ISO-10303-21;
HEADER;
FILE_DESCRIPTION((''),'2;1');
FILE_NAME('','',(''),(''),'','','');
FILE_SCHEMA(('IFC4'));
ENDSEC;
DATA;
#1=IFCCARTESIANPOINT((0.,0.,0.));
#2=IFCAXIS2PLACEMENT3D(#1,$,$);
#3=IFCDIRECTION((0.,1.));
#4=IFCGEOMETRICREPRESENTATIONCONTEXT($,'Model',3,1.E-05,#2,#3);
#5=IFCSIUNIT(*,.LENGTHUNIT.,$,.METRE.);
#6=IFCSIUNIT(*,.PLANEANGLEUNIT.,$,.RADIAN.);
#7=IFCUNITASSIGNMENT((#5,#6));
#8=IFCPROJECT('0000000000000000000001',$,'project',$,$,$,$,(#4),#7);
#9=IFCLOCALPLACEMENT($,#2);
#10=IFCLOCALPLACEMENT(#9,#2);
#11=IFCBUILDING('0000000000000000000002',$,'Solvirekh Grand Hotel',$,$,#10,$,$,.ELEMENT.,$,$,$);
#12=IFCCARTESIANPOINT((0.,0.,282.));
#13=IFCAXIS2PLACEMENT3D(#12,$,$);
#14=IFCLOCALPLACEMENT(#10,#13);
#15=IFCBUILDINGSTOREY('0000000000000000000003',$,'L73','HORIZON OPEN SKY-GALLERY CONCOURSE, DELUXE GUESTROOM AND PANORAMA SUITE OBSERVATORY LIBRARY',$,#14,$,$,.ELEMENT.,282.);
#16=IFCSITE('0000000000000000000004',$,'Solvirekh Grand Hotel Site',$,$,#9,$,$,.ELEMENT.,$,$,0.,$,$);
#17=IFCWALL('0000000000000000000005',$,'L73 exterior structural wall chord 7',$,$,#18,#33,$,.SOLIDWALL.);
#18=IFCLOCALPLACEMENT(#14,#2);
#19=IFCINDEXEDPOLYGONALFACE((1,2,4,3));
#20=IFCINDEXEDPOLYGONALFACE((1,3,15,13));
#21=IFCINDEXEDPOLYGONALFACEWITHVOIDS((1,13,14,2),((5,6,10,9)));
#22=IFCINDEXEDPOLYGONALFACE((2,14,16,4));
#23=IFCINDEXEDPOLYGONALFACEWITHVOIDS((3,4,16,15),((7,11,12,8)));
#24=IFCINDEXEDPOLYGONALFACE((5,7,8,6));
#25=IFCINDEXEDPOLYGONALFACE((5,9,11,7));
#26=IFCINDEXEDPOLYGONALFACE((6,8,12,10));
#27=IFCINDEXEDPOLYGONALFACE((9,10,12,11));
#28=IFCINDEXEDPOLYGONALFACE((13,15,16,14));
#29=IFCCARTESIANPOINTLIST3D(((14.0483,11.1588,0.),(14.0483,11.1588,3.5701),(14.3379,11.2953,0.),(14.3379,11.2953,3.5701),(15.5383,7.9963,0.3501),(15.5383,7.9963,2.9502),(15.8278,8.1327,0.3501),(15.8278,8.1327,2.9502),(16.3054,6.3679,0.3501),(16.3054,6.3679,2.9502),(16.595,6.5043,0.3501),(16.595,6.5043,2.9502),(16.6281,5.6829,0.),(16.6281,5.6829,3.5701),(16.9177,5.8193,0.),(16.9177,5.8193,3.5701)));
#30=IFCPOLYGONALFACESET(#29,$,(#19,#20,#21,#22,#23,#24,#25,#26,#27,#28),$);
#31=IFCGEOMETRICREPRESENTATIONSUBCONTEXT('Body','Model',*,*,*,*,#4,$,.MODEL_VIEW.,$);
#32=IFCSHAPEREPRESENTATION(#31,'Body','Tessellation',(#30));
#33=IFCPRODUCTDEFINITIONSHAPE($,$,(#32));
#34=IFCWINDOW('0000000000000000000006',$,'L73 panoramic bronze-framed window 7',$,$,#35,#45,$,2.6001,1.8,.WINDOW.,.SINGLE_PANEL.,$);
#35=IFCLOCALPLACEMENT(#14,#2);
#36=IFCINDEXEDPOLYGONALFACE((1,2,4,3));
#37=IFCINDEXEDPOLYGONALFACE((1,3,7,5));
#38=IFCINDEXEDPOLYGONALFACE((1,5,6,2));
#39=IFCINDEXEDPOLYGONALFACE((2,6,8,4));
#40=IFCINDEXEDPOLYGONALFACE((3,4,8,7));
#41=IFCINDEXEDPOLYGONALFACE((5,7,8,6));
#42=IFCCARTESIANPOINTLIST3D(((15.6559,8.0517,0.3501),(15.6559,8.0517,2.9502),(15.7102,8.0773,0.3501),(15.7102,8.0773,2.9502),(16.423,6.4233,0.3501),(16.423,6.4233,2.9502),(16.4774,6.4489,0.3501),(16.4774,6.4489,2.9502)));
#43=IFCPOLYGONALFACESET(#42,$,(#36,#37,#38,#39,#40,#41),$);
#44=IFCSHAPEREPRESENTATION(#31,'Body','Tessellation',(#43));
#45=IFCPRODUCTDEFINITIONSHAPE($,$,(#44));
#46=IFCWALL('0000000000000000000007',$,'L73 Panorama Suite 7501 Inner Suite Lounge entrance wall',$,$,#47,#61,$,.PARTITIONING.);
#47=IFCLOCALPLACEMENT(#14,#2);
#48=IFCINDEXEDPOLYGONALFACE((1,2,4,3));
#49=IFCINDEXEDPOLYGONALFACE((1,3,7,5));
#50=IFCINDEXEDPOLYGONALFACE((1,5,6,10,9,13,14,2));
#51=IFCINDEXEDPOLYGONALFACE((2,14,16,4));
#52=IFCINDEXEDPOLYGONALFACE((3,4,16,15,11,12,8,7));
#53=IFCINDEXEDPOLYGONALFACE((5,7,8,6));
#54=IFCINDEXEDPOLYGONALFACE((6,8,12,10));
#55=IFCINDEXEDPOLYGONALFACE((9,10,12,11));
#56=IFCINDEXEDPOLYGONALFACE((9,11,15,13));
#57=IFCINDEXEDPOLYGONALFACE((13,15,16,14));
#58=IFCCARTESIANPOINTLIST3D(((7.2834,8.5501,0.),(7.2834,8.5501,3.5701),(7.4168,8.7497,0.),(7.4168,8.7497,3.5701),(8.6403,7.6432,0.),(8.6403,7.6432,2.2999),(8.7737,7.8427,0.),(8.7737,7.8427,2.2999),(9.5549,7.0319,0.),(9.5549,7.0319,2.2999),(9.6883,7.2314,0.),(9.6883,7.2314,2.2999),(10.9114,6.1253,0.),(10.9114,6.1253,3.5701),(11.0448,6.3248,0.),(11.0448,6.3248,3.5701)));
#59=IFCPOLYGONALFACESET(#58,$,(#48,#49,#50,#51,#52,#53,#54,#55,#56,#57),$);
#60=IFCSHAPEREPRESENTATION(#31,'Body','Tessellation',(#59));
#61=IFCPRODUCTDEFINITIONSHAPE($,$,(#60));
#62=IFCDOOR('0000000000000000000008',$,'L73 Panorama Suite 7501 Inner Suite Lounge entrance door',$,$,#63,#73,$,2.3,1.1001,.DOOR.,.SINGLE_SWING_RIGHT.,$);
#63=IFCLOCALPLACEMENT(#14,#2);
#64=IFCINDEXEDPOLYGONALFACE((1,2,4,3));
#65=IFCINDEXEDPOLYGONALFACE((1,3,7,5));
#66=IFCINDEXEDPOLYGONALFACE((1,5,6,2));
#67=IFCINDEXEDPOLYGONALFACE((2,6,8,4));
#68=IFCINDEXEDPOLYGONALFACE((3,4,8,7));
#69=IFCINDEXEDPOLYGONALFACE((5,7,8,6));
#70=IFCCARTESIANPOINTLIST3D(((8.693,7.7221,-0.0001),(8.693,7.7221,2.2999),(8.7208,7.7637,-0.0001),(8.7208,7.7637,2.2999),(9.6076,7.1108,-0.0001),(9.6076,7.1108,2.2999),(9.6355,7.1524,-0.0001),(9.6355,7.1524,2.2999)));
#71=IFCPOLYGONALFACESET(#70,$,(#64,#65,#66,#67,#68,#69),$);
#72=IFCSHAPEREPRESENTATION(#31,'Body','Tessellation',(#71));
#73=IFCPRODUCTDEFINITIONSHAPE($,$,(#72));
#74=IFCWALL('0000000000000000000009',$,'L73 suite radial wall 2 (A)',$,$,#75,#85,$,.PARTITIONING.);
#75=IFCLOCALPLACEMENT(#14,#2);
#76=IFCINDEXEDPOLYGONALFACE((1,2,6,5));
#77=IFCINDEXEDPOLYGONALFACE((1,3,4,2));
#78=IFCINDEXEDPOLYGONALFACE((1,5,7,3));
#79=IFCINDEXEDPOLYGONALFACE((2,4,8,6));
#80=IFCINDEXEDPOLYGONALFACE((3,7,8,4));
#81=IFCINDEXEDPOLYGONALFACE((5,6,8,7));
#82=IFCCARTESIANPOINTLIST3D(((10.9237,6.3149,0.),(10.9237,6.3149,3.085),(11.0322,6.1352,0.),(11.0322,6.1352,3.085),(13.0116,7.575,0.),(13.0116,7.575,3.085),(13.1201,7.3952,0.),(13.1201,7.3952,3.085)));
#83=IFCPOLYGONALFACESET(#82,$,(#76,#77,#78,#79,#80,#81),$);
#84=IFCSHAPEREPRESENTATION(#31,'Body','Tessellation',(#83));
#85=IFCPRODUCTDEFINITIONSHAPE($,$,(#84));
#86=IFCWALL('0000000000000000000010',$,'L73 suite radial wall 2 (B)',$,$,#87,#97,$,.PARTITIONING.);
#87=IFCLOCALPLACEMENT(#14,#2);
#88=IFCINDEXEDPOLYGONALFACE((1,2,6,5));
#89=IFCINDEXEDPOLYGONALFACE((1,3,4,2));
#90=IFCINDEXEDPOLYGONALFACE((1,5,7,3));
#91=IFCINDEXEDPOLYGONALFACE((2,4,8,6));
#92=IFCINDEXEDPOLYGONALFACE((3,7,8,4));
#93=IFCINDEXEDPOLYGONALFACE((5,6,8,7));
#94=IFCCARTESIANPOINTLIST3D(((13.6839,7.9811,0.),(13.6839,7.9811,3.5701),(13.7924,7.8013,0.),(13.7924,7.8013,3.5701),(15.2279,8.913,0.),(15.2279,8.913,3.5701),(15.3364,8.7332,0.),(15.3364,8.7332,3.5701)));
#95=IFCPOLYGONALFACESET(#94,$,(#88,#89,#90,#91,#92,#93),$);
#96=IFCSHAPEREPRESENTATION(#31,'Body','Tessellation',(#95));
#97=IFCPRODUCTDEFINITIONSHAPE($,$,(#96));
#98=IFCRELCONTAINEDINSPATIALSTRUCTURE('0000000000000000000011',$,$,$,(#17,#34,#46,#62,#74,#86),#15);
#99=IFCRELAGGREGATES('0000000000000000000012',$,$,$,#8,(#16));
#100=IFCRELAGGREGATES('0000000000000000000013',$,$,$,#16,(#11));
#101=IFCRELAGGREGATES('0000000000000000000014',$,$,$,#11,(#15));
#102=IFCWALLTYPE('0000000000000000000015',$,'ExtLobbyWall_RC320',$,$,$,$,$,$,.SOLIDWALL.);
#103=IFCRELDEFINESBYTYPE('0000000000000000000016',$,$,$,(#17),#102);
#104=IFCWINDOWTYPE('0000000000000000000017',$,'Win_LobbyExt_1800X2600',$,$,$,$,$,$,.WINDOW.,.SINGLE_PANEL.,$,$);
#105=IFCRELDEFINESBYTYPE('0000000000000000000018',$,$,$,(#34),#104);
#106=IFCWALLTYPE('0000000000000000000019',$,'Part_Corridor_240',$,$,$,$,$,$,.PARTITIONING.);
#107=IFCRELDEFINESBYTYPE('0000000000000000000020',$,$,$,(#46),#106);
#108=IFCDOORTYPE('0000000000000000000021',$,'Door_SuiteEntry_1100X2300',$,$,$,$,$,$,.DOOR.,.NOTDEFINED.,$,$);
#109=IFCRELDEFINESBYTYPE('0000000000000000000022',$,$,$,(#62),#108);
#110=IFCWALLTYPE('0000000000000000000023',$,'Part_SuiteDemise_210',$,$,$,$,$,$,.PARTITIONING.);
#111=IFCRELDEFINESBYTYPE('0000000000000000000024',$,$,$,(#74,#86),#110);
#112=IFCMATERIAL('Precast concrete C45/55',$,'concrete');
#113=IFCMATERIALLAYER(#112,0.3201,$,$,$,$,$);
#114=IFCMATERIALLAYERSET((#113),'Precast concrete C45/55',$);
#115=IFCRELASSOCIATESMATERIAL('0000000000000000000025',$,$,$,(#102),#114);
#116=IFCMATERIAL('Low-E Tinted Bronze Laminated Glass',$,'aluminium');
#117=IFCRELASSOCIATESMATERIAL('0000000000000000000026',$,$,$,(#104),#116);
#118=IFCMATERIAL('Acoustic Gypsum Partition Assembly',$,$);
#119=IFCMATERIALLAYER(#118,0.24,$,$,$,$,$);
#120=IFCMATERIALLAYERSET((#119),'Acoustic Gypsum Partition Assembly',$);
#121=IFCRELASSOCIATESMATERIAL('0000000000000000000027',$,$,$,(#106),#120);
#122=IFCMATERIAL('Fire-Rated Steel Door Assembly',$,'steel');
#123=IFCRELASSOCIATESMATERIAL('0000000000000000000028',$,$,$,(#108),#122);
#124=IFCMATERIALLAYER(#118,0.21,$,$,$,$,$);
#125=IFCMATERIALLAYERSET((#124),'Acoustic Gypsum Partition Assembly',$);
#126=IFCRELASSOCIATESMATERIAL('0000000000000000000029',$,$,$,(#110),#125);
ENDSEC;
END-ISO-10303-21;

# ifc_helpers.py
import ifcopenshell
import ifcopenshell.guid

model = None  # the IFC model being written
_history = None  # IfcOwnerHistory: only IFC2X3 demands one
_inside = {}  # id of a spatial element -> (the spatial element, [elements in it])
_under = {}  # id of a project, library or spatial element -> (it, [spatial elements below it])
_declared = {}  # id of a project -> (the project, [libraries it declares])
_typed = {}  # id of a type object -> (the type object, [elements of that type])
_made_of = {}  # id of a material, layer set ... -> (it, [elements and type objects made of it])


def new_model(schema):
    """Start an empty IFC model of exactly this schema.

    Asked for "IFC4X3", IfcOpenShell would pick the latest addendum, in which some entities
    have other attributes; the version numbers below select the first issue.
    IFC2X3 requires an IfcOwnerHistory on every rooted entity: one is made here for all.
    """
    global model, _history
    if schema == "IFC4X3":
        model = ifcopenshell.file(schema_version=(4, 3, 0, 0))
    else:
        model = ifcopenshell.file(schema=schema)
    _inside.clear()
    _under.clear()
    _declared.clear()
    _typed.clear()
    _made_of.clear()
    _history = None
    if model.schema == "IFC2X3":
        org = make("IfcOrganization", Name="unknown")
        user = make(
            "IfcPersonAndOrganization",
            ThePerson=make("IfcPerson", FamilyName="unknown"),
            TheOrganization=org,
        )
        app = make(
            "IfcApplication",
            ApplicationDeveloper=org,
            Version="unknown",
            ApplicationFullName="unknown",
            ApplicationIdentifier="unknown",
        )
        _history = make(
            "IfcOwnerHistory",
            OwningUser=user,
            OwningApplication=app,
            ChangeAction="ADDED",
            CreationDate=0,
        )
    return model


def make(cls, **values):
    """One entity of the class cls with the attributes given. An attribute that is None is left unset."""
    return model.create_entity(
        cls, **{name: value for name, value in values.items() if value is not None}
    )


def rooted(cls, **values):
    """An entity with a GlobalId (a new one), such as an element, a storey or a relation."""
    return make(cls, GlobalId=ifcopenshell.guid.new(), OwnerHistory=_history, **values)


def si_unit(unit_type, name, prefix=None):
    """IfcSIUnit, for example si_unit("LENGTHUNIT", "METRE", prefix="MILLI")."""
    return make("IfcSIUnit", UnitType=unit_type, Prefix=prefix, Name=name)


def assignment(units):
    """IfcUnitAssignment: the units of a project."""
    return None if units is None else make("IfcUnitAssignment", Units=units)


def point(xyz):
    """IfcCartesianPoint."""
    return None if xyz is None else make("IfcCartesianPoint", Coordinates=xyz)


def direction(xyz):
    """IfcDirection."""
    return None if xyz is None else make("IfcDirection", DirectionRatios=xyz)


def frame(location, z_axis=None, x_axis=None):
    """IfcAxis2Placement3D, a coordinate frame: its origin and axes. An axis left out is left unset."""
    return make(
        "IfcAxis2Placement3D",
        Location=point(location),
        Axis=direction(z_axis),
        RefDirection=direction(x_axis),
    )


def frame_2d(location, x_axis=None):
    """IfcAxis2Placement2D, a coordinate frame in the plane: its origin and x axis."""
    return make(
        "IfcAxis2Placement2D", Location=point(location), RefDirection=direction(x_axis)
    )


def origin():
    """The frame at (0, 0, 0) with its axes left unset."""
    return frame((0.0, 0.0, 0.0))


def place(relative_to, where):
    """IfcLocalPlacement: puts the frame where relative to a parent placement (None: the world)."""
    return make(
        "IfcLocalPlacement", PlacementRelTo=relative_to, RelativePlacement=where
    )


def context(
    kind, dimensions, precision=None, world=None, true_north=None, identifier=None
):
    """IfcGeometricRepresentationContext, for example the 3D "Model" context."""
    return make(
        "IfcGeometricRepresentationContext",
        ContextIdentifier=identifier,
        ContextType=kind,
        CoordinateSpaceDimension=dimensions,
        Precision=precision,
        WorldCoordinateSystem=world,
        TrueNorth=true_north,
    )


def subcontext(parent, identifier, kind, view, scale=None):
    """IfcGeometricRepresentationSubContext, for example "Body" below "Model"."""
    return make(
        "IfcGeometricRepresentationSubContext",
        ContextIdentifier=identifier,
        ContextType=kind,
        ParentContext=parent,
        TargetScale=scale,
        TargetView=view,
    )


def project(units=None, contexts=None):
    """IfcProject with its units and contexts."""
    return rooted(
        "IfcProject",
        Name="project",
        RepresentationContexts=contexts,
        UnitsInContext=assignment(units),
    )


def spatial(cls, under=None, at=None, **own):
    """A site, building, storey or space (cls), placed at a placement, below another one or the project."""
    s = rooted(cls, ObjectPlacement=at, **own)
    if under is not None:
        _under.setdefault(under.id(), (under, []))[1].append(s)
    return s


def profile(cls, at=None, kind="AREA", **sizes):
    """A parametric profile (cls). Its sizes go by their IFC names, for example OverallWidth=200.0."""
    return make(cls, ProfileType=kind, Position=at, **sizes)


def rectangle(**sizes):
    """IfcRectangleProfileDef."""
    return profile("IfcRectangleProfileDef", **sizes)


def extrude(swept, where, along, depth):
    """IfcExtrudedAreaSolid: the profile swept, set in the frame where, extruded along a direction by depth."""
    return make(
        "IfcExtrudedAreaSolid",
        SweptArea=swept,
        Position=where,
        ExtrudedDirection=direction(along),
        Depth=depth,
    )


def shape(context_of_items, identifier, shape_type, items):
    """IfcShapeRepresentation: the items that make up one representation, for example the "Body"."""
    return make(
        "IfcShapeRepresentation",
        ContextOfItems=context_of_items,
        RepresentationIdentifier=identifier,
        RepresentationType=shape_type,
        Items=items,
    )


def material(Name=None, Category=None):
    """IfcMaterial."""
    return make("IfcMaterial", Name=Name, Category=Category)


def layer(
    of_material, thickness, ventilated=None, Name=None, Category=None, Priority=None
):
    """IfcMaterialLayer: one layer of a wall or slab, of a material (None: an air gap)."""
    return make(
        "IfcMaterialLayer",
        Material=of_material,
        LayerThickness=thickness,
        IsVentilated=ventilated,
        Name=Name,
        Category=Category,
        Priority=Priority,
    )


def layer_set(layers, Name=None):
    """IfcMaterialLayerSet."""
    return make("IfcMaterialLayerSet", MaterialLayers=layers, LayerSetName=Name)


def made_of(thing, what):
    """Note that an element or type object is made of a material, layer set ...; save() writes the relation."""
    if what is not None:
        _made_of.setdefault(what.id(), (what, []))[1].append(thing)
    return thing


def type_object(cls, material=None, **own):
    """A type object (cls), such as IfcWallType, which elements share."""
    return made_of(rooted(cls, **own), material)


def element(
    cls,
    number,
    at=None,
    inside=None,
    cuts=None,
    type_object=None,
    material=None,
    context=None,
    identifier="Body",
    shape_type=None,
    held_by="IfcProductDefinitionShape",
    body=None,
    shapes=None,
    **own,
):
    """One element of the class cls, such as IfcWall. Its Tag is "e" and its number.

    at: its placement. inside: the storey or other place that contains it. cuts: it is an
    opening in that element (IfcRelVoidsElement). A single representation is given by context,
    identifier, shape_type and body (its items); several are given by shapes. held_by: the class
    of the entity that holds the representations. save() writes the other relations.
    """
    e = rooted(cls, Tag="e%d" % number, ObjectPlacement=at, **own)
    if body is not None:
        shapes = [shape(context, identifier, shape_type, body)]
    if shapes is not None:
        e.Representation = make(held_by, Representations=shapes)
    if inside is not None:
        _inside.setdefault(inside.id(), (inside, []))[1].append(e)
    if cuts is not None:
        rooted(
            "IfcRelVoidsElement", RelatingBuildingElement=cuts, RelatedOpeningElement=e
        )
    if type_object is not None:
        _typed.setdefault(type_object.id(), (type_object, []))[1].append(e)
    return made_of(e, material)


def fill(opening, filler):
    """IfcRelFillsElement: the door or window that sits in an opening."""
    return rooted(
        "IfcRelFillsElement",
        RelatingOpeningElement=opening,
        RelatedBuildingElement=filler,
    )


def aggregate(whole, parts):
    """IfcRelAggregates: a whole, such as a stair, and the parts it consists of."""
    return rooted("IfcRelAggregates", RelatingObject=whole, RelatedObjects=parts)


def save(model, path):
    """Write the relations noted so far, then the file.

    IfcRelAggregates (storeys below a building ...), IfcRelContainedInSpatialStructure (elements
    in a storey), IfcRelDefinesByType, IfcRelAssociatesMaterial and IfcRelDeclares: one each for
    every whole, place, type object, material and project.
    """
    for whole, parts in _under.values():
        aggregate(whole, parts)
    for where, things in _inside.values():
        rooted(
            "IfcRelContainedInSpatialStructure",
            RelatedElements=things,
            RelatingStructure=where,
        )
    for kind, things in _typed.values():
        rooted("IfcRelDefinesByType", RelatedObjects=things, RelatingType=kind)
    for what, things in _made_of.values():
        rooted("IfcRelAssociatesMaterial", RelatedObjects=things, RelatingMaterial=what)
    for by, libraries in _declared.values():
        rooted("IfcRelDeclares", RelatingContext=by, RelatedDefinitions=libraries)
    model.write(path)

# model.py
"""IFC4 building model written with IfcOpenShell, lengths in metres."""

from ifc_helpers import new_model, si_unit, direction, frame, frame_2d, origin, place, context, subcontext, project, spatial, rectangle, extrude, material, layer, layer_set, type_object, element, fill, save


model = new_model("IFC4")

# Units and contexts
model_context = context("Model", 3, precision=1e-05, world=origin(), true_north=direction((0.0, 1.0)))
body_context = subcontext(model_context, "Body", "Model", "MODEL_VIEW")
ifc_project = project(units=[si_unit("LENGTHUNIT", "METRE"), si_unit("PLANEANGLEUNIT", "RADIAN")], contexts=[model_context])

# Site, building, storey
site_placement = place(None, origin())
site = spatial("IfcSite", under=ifc_project, at=site_placement, Name="Solvirekh Grand Hotel Site", CompositionType="ELEMENT", RefElevation=0.0)
building_placement = place(site_placement, origin())
building = spatial("IfcBuilding", under=site, at=building_placement, Name="Solvirekh Grand Hotel", CompositionType="ELEMENT")
storey_placement = place(building_placement, frame((0.0, 0.0, 282.0)))
storey = spatial("IfcBuildingStorey", under=building, at=storey_placement, Name="L73", Description="HORIZON OPEN SKY-GALLERY CONCOURSE, DELUXE GUESTROOM AND PANORAMA SUITE OBSERVATORY LIBRARY", CompositionType="ELEMENT", Elevation=282.0)

# Shared definitions
ifc_material_1 = material(Name="Low-E Tinted Bronze Laminated Glass", Category="aluminium")

# Wall, opening, window
ifc_material_2 = material(Name="Precast concrete C45/55", Category="concrete")
ifc_layer_1 = layer(ifc_material_2, 0.3201)
ifc_layer_set_1 = layer_set([ifc_layer_1], Name="Precast concrete C45/55")
wall_type_1 = type_object("IfcWallType", Name="ExtLobbyWall_RC320", PredefinedType="SOLIDWALL", material=ifc_layer_set_1)
wall_1_placement = place(storey_placement, frame((14.1931, 11.2271, 0.0), z_axis=(0.0, 0.0, 1.0), x_axis=(0.426184, -0.904637, 0.0)))
wall_1 = element("IfcWall", 1, at=wall_1_placement, inside=storey, type_object=wall_type_1, Name="L73 exterior structural wall chord 7", PredefinedType="SOLIDWALL", context=body_context, shape_type="SweptSolid", body=[
    extrude(rectangle(XDim=6.0532, YDim=0.3201, at=frame_2d((3.0266, 0.0))), origin(), (0.0, 0.0, 1.0), 3.5701),
])
opening_1_placement = place(wall_1_placement, frame((3.4961, 0.0, 0.3501)))
opening_1 = element("IfcOpeningElement", 2, at=opening_1_placement, cuts=wall_1, PredefinedType="OPENING", context=body_context, shape_type="SweptSolid", body=[
    extrude(rectangle(XDim=1.8, YDim=2.6001, at=frame_2d((0.8999, 1.3))), frame((0.0, 0.1699, 0.0), z_axis=(0.0, -1.0, 0.0), x_axis=(1.0, 0.0, 0.0)), (0.0, 0.0, 1.0), 0.3401),
])
window_type = type_object("IfcWindowType", Name="Win_LobbyExt_1800X2600", PartitioningType="SINGLE_PANEL", PredefinedType="WINDOW", material=ifc_material_1)
window_placement = place(opening_1_placement, origin())
window = element("IfcWindow", 3, at=window_placement, inside=storey, type_object=window_type, Name="L73 panoramic bronze-framed window 7", OverallHeight=2.6001, OverallWidth=1.8, PartitioningType="SINGLE_PANEL", PredefinedType="WINDOW", context=body_context, shape_type="SweptSolid", body=[
    extrude(rectangle(XDim=1.8, YDim=2.6001, at=frame_2d((0.8999, 1.3))), frame((0.0, 0.03, 0.0), z_axis=(0.0, -1.0, 0.0), x_axis=(1.0, 0.0, 0.0)), (0.0, 0.0, 1.0), 0.0601),
])
fill(opening_1, window)

# Wall, opening, door
ifc_material_3 = material(Name="Acoustic Gypsum Partition Assembly")
ifc_layer_2 = layer(ifc_material_3, 0.24)
ifc_layer_set_2 = layer_set([ifc_layer_2], Name="Acoustic Gypsum Partition Assembly")
wall_type_2 = type_object("IfcWallType", Name="Part_Corridor_240", PredefinedType="PARTITIONING", material=ifc_layer_set_2)
wall_2_placement = place(storey_placement, frame((7.3501, 8.6499, 0.0), z_axis=(0.0, 0.0, 1.0), x_axis=(0.831396, -0.555681, 0.0)))
wall_2 = element("IfcWall", 4, at=wall_2_placement, inside=storey, type_object=wall_type_2, Name="L73 Panorama Suite 7501 Inner Suite Lounge entrance wall", PredefinedType="PARTITIONING", context=body_context, shape_type="SweptSolid", body=[
    extrude(rectangle(XDim=4.3638, YDim=0.24, at=frame_2d((2.1819, 0.0))), origin(), (0.0, 0.0, 1.0), 3.5701),
])
opening_2_placement = place(wall_2_placement, frame((1.6321, 0.0, 0.0)))
opening_2 = element("IfcOpeningElement", 5, at=opening_2_placement, cuts=wall_2, PredefinedType="OPENING", context=body_context, shape_type="SweptSolid", body=[
    extrude(rectangle(XDim=1.1001, YDim=2.3, at=frame_2d((0.55, 1.1499))), frame((0.0, 0.1299, 0.0), z_axis=(0.0, -1.0, 0.0), x_axis=(1.0, 0.0, 0.0)), (0.0, 0.0, 1.0), 0.26),
])
ifc_material_4 = material(Name="Fire-Rated Steel Door Assembly", Category="steel")
door_type = type_object("IfcDoorType", Name="Door_SuiteEntry_1100X2300", OperationType="NOTDEFINED", PredefinedType="DOOR", material=ifc_material_4)
door_placement = place(opening_2_placement, origin())
door = element("IfcDoor", 6, at=door_placement, inside=storey, type_object=door_type, Name="L73 Panorama Suite 7501 Inner Suite Lounge entrance door", OperationType="SINGLE_SWING_RIGHT", OverallHeight=2.3, OverallWidth=1.1001, PredefinedType="DOOR", context=body_context, shape_type="SweptSolid", body=[
    extrude(rectangle(XDim=1.1001, YDim=2.3, at=frame_2d((0.55, 1.1499))), frame((0.0, 0.0249, 0.0), z_axis=(0.0, -1.0, 0.0), x_axis=(1.0, 0.0, 0.0)), (0.0, 0.0, 1.0), 0.05),
])
fill(opening_2, door)

# Walls
ifc_layer_3 = layer(ifc_material_3, 0.21)
ifc_layer_set_3 = layer_set([ifc_layer_3], Name="Acoustic Gypsum Partition Assembly")
wall_type_3 = type_object("IfcWallType", Name="Part_SuiteDemise_210", PredefinedType="PARTITIONING", material=ifc_layer_set_3)
wall_3_placement = place(storey_placement, frame((10.978, 6.2251, 0.0), z_axis=(0.0, 0.0, 1.0), x_axis=(0.856174, 0.516688, 0.0)))
element("IfcWall", 7, at=wall_3_placement, inside=storey, type_object=wall_type_3, Name="L73 suite radial wall 2 (A)", PredefinedType="PARTITIONING", context=body_context, shape_type="SweptSolid", body=[
    extrude(rectangle(XDim=2.4387, YDim=0.21, at=frame_2d((1.2192, 0.0))), origin(), (0.0, 0.0, 1.0), 3.085),
])
wall_4_placement = place(storey_placement, frame((13.738, 7.8911, 0.0), z_axis=(0.0, 0.0, 1.0), x_axis=(0.85614, 0.516744, 0.0)))
element("IfcWall", 8, at=wall_4_placement, inside=storey, type_object=wall_type_3, Name="L73 suite radial wall 2 (B)", PredefinedType="PARTITIONING", context=body_context, shape_type="SweptSolid", body=[
    extrude(rectangle(XDim=1.8035, YDim=0.21, at=frame_2d((0.9019, 0.0))), origin(), (0.0, 0.0, 1.0), 3.5701),
])

save(model, "model.ifc")
